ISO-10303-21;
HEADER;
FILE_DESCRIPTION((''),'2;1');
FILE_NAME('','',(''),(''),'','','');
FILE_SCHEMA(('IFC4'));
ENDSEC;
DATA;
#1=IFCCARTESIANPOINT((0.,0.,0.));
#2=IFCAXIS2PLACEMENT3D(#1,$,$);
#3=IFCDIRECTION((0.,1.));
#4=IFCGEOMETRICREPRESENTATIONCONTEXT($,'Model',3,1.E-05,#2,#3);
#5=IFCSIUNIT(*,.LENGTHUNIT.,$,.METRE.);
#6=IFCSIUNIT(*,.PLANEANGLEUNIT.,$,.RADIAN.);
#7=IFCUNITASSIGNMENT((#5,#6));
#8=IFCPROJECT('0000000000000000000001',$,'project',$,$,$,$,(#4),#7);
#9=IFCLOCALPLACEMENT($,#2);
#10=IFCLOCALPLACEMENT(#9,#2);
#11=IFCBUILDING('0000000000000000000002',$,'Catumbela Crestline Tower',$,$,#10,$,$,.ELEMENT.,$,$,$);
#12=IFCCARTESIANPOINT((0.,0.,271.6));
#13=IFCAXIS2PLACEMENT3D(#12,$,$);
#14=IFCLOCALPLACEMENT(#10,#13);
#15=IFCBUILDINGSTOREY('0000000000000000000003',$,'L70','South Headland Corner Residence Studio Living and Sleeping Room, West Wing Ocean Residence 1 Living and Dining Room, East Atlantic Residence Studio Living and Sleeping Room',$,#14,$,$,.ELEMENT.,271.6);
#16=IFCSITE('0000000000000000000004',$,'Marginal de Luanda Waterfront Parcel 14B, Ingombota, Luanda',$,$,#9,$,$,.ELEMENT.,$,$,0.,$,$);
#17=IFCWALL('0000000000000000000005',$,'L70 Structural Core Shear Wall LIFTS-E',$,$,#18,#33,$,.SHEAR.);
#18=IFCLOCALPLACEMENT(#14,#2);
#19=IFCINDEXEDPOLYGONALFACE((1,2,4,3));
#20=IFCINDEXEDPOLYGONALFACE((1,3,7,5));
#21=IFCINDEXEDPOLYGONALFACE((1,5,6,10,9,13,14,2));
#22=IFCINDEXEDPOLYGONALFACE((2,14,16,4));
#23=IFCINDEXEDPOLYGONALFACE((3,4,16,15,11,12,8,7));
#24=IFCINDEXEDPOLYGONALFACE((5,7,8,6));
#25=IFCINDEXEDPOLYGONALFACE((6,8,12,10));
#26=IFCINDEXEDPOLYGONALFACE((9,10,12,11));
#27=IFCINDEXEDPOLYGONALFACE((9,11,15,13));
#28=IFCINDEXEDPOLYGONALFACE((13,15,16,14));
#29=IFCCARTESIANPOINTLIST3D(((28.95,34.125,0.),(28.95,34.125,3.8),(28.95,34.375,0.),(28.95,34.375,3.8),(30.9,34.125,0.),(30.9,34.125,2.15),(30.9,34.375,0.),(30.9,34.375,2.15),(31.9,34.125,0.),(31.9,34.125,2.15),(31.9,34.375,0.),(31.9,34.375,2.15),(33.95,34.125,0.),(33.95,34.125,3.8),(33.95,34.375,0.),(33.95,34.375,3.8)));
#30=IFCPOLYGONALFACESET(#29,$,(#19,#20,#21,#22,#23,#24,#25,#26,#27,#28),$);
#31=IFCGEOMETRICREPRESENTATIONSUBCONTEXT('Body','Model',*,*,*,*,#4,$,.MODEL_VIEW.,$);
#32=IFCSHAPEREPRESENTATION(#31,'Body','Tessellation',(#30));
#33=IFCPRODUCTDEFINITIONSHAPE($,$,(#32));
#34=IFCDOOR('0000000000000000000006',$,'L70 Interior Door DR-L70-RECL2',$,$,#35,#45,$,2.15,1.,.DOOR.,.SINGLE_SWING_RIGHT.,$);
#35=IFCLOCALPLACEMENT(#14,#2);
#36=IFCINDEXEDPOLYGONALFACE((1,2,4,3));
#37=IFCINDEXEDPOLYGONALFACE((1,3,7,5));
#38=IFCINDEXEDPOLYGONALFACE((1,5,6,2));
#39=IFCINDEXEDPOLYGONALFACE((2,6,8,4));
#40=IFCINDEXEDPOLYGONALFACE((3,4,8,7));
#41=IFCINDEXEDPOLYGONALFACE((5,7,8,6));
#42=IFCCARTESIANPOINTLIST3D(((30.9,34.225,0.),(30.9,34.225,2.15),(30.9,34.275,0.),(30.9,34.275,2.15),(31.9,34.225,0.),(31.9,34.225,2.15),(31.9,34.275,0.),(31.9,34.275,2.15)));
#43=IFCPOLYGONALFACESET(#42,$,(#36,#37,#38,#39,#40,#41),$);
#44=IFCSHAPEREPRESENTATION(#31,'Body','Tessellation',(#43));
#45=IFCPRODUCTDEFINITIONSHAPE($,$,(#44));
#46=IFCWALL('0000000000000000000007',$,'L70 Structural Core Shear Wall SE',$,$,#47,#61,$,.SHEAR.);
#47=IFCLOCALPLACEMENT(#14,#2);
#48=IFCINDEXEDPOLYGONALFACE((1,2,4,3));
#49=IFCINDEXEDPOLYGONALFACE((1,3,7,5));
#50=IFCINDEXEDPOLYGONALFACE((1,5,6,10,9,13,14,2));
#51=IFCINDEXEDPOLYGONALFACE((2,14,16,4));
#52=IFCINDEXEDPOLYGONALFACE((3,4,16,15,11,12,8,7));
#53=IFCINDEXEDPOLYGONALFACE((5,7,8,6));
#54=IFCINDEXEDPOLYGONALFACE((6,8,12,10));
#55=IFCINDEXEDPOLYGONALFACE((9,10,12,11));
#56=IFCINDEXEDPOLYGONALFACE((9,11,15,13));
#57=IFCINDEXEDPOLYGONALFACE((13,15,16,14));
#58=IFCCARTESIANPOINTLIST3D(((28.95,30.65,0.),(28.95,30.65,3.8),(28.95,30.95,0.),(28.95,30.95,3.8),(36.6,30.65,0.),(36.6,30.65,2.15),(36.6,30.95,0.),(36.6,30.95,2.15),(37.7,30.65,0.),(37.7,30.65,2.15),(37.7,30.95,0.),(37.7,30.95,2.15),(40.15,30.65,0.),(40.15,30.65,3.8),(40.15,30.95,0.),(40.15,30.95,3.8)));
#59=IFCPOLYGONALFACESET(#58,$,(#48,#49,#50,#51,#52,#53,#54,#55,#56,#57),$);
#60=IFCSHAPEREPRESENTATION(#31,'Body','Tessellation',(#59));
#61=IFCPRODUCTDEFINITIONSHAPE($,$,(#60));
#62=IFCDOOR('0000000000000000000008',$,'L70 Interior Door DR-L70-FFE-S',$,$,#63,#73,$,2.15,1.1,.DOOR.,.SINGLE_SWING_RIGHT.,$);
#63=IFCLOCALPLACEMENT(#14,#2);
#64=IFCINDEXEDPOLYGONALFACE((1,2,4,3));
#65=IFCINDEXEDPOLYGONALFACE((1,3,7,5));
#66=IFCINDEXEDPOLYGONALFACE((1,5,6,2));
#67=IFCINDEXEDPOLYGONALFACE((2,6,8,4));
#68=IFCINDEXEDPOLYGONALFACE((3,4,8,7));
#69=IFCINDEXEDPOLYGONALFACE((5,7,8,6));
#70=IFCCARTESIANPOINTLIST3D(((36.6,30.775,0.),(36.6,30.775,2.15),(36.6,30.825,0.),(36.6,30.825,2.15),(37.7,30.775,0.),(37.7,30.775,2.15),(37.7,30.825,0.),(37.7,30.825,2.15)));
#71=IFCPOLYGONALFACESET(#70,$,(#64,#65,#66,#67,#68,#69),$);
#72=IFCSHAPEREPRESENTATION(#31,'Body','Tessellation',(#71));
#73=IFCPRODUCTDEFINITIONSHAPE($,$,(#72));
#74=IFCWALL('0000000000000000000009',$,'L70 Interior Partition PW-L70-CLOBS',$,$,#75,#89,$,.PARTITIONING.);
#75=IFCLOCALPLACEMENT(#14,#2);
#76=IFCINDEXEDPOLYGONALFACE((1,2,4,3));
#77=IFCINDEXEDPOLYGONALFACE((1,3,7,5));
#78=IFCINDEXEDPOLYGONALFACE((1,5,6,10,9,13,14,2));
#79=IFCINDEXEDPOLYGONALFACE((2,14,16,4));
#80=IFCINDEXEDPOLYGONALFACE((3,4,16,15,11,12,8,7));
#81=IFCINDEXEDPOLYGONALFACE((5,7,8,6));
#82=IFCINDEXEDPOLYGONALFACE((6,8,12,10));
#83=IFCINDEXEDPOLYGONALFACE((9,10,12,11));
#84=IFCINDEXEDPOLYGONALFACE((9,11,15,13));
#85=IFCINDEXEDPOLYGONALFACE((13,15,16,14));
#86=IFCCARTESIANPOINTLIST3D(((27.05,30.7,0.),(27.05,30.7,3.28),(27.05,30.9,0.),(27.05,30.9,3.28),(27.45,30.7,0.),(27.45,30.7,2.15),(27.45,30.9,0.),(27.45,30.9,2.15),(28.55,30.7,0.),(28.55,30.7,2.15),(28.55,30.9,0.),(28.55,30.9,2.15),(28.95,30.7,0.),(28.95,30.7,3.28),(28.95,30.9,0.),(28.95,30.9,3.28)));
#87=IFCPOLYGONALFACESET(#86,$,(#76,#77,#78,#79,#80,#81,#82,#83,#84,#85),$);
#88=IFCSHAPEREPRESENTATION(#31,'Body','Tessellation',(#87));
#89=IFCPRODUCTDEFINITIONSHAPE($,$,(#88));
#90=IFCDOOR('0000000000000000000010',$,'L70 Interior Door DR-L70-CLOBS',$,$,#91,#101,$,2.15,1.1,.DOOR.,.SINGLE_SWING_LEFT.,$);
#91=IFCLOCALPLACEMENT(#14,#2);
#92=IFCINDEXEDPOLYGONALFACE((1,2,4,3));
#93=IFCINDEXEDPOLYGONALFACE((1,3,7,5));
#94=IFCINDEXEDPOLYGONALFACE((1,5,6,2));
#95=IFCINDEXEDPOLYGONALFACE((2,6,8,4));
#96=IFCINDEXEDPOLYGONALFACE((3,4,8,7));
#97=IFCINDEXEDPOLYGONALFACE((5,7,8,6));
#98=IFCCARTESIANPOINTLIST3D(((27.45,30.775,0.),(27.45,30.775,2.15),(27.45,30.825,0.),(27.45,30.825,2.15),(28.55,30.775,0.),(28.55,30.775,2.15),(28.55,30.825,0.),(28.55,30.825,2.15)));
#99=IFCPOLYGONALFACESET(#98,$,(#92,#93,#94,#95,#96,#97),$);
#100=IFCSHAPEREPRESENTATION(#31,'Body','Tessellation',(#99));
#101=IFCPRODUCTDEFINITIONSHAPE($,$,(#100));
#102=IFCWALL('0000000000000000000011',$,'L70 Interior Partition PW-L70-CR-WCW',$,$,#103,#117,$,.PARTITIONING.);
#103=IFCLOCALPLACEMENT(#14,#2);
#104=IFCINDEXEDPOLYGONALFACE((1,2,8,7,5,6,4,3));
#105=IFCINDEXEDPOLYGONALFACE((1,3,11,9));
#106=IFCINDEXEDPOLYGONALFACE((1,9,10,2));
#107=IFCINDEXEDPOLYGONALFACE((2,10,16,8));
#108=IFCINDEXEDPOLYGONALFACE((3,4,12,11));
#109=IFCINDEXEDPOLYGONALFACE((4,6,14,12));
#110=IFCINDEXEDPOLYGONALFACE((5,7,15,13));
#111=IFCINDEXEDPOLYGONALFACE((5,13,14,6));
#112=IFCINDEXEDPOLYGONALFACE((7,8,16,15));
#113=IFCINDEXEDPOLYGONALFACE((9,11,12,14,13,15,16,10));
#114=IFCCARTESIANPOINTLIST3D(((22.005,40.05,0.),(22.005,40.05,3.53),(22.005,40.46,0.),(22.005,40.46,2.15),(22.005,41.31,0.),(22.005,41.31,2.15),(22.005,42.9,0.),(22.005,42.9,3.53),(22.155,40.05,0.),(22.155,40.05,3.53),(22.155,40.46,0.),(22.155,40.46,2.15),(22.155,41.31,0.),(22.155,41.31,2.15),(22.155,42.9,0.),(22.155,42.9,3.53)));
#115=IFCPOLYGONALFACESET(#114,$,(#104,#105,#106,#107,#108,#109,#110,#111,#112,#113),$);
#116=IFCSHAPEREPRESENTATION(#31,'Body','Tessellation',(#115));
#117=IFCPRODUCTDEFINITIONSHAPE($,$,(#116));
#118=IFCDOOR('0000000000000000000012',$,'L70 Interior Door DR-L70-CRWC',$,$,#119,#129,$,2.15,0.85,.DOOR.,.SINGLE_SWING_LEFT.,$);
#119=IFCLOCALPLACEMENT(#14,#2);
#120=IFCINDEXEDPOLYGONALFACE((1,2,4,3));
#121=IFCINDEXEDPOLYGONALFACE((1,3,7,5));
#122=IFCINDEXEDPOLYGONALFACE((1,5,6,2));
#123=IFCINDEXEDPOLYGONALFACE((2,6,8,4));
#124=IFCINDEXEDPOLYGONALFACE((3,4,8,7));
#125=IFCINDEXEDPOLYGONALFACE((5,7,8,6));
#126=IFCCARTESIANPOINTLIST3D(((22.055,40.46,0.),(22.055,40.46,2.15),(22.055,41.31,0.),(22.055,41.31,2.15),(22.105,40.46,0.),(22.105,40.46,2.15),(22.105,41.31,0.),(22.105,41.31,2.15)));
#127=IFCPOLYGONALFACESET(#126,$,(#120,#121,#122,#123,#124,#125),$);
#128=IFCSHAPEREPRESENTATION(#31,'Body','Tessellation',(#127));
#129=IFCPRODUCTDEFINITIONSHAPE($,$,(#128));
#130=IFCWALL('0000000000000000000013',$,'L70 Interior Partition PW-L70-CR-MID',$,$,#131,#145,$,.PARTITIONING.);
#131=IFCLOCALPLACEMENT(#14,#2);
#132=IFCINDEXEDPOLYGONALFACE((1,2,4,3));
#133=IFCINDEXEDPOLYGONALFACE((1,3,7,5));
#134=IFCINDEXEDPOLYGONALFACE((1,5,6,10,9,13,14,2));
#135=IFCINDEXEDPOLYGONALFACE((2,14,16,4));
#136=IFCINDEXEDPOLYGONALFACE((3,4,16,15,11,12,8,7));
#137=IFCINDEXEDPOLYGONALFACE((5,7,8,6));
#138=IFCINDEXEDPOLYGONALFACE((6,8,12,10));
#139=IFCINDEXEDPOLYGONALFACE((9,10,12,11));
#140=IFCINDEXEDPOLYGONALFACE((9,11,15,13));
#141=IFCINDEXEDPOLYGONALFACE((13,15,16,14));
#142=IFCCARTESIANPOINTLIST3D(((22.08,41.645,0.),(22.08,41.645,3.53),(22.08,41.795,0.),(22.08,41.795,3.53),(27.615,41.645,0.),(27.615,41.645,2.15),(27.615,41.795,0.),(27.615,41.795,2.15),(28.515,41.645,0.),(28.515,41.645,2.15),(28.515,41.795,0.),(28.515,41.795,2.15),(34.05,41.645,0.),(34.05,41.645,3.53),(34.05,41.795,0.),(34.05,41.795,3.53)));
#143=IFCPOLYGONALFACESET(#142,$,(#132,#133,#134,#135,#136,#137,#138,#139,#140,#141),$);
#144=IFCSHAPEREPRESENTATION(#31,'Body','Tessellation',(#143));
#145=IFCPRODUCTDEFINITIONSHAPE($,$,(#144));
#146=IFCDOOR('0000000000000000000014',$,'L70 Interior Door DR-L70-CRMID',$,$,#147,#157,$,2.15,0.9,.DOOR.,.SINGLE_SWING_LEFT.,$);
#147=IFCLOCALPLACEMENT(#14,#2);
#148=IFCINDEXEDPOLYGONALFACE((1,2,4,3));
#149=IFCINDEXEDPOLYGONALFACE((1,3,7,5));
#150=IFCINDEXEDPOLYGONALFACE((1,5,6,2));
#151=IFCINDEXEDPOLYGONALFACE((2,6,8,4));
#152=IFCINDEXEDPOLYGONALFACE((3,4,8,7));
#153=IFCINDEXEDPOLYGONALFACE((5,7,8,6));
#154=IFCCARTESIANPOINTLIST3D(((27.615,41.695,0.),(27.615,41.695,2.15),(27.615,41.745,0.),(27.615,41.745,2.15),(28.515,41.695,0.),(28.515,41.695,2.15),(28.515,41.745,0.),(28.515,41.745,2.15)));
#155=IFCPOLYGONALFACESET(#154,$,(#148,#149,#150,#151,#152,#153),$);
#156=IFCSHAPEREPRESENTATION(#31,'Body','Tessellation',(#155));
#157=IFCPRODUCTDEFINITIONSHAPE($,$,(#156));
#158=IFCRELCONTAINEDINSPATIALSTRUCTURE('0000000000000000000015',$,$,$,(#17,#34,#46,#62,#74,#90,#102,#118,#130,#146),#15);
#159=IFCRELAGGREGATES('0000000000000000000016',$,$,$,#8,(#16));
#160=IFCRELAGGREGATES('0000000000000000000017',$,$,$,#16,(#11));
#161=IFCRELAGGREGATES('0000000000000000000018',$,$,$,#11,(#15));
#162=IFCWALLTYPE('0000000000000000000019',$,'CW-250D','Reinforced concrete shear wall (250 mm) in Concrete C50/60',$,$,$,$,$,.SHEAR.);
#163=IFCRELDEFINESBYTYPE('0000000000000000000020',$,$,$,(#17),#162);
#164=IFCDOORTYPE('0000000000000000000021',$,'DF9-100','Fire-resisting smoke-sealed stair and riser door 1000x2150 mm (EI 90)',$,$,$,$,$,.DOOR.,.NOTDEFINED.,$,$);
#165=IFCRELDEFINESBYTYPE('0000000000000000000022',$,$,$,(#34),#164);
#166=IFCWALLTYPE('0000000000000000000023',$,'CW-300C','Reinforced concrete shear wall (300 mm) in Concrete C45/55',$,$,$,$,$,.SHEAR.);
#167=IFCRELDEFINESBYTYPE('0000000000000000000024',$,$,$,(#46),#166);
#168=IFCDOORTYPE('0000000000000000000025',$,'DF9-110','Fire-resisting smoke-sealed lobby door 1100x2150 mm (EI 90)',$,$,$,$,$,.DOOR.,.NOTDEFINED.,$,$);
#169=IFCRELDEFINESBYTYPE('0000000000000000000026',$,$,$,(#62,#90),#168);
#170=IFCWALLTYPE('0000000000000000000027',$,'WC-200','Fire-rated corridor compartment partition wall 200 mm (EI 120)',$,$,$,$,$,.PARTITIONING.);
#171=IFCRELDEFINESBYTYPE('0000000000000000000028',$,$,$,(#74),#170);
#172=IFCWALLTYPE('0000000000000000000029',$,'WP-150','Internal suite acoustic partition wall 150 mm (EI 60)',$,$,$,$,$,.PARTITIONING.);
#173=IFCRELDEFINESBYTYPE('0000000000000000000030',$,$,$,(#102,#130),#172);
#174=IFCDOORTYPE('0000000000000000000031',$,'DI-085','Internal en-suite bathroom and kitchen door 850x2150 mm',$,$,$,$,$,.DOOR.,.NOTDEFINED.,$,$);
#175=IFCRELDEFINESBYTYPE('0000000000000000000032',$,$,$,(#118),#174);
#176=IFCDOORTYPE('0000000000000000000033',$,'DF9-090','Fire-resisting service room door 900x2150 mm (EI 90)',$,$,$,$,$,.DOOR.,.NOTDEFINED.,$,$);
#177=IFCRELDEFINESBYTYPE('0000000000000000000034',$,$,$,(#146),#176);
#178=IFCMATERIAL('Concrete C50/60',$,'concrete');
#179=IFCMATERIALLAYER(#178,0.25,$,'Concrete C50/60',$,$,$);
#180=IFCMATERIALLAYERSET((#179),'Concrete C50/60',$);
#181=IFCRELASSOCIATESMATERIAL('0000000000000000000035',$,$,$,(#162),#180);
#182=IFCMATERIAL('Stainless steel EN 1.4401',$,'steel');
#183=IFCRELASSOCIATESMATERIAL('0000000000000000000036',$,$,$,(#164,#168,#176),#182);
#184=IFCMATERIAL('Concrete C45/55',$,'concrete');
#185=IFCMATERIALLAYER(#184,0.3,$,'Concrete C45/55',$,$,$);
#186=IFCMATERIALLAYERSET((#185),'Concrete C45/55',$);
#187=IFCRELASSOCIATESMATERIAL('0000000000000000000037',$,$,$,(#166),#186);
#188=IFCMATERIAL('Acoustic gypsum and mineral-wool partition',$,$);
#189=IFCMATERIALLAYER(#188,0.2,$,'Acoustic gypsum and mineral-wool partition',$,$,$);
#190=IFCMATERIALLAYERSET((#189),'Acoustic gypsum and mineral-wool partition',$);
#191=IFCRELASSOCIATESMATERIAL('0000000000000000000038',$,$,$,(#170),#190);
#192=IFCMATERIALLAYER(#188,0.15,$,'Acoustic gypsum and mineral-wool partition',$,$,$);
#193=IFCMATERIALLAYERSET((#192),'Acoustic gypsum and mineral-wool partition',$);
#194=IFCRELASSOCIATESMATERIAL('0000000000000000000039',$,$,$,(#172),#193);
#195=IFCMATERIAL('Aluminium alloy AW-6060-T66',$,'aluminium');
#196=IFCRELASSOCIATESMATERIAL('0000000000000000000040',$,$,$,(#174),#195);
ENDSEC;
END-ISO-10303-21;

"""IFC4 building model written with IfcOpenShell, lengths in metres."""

from ifc_helpers import new_model, si_unit, direction, frame, frame_2d, origin, place, context, subcontext, project, spatial, rectangle, extrude, material, layer, layer_set, type_object, element, fill, save


model = new_model("IFC4")

# Units and contexts
model_context = context("Model", 3, precision=1e-05, world=origin(), true_north=direction((0.0, 1.0)))
body_context = subcontext(model_context, "Body", "Model", "MODEL_VIEW")
ifc_project = project(units=[si_unit("LENGTHUNIT", "METRE"), si_unit("PLANEANGLEUNIT", "RADIAN")], contexts=[model_context])

# Site, building, storey
site_placement = place(None, origin())
site = spatial("IfcSite", under=ifc_project, at=site_placement, Name="Marginal de Luanda Waterfront Parcel 14B, Ingombota, Luanda", CompositionType="ELEMENT", RefElevation=0.0)
building_placement = place(site_placement, origin())
building = spatial("IfcBuilding", under=site, at=building_placement, Name="Catumbela Crestline Tower", CompositionType="ELEMENT")
storey_placement = place(building_placement, frame((0.0, 0.0, 271.6)))
storey = spatial("IfcBuildingStorey", under=building, at=storey_placement, Name="L70", Description="South Headland Corner Residence Studio Living and Sleeping Room, West Wing Ocean Residence 1 Living and Dining Room, East Atlantic Residence Studio Living and Sleeping Room", CompositionType="ELEMENT", Elevation=271.6)

# Walls, openings, doors
ifc_material_1 = material(Name="Concrete C50/60", Category="concrete")
ifc_layer_1 = layer(ifc_material_1, 0.25, Name="Concrete C50/60")
ifc_layer_set_1 = layer_set([ifc_layer_1], Name="Concrete C50/60")
wall_type_1 = type_object("IfcWallType", Name="CW-250D", Description="Reinforced concrete shear wall (250 mm) in Concrete C50/60", PredefinedType="SHEAR", material=ifc_layer_set_1)
wall_1_placement = place(storey_placement, frame((28.95, 34.25, 0.0), z_axis=(0.0, 0.0, 1.0), x_axis=(1.0, 0.0, 0.0)))
wall_1 = element("IfcWall", 1, at=wall_1_placement, inside=storey, type_object=wall_type_1, Name="L70 Structural Core Shear Wall LIFTS-E", PredefinedType="SHEAR", context=body_context, shape_type="SweptSolid", body=[
    extrude(rectangle(XDim=5.0, YDim=0.25, at=frame_2d((2.5, 0.0))), origin(), (0.0, 0.0, 1.0), 3.8),
])
opening_1_placement = place(wall_1_placement, frame((1.95, 0.0, 0.0)))
opening_1 = element("IfcOpeningElement", 2, at=opening_1_placement, cuts=wall_1, PredefinedType="OPENING", context=body_context, shape_type="SweptSolid", body=[
    extrude(rectangle(XDim=1.0, YDim=2.15, at=frame_2d((0.5, 1.075))), frame((0.0, 0.135, 0.0), z_axis=(0.0, -1.0, 0.0), x_axis=(1.0, 0.0, 0.0)), (0.0, 0.0, 1.0), 0.27),
])
ifc_material_2 = material(Name="Stainless steel EN 1.4401", Category="steel")
door_type_1 = type_object("IfcDoorType", Name="DF9-100", Description="Fire-resisting smoke-sealed stair and riser door 1000x2150 mm (EI 90)", OperationType="NOTDEFINED", PredefinedType="DOOR", material=ifc_material_2)
door_1_placement = place(opening_1_placement, origin())
door_1 = element("IfcDoor", 3, at=door_1_placement, inside=storey, type_object=door_type_1, Name="L70 Interior Door DR-L70-RECL2", OperationType="SINGLE_SWING_RIGHT", OverallHeight=2.15, OverallWidth=1.0, PredefinedType="DOOR", context=body_context, shape_type="SweptSolid", body=[
    extrude(rectangle(XDim=1.0, YDim=2.15, at=frame_2d((0.5, 1.075))), frame((0.0, 0.025, 0.0), z_axis=(0.0, -1.0, 0.0), x_axis=(1.0, 0.0, 0.0)), (0.0, 0.0, 1.0), 0.05),
])
fill(opening_1, door_1)
ifc_material_3 = material(Name="Concrete C45/55", Category="concrete")
ifc_layer_2 = layer(ifc_material_3, 0.3, Name="Concrete C45/55")
ifc_layer_set_2 = layer_set([ifc_layer_2], Name="Concrete C45/55")
wall_type_2 = type_object("IfcWallType", Name="CW-300C", Description="Reinforced concrete shear wall (300 mm) in Concrete C45/55", PredefinedType="SHEAR", material=ifc_layer_set_2)
wall_2_placement = place(storey_placement, frame((28.95, 30.8, 0.0), z_axis=(0.0, 0.0, 1.0), x_axis=(1.0, 0.0, 0.0)))
wall_2 = element("IfcWall", 4, at=wall_2_placement, inside=storey, type_object=wall_type_2, Name="L70 Structural Core Shear Wall SE", PredefinedType="SHEAR", context=body_context, shape_type="SweptSolid", body=[
    extrude(rectangle(XDim=11.2, YDim=0.3, at=frame_2d((5.6, 0.0))), origin(), (0.0, 0.0, 1.0), 3.8),
])
opening_2_placement = place(wall_2_placement, frame((7.65, 0.0, 0.0)))
opening_2 = element("IfcOpeningElement", 5, at=opening_2_placement, cuts=wall_2, PredefinedType="OPENING", context=body_context, shape_type="SweptSolid", body=[
    extrude(rectangle(XDim=1.1, YDim=2.15, at=frame_2d((0.55, 1.075))), frame((0.0, 0.16, 0.0), z_axis=(0.0, -1.0, 0.0), x_axis=(1.0, 0.0, 0.0)), (0.0, 0.0, 1.0), 0.32),
])
door_type_2 = type_object("IfcDoorType", Name="DF9-110", Description="Fire-resisting smoke-sealed lobby door 1100x2150 mm (EI 90)", OperationType="NOTDEFINED", PredefinedType="DOOR", material=ifc_material_2)
door_2_placement = place(opening_2_placement, origin())
door_2 = element("IfcDoor", 6, at=door_2_placement, inside=storey, type_object=door_type_2, Name="L70 Interior Door DR-L70-FFE-S", OperationType="SINGLE_SWING_RIGHT", OverallHeight=2.15, OverallWidth=1.1, PredefinedType="DOOR", context=body_context, shape_type="SweptSolid", body=[
    extrude(rectangle(XDim=1.1, YDim=2.15, at=frame_2d((0.55, 1.075))), frame((0.0, 0.025, 0.0), z_axis=(0.0, -1.0, 0.0), x_axis=(1.0, 0.0, 0.0)), (0.0, 0.0, 1.0), 0.05),
])
fill(opening_2, door_2)
ifc_material_4 = material(Name="Acoustic gypsum and mineral-wool partition")
ifc_layer_3 = layer(ifc_material_4, 0.2, Name="Acoustic gypsum and mineral-wool partition")
ifc_layer_set_3 = layer_set([ifc_layer_3], Name="Acoustic gypsum and mineral-wool partition")
wall_type_3 = type_object("IfcWallType", Name="WC-200", Description="Fire-rated corridor compartment partition wall 200 mm (EI 120)", PredefinedType="PARTITIONING", material=ifc_layer_set_3)
wall_3_placement = place(storey_placement, frame((27.05, 30.8, 0.0), z_axis=(0.0, 0.0, 1.0), x_axis=(1.0, 0.0, 0.0)))
wall_3 = element("IfcWall", 7, at=wall_3_placement, inside=storey, type_object=wall_type_3, Name="L70 Interior Partition PW-L70-CLOBS", PredefinedType="PARTITIONING", context=body_context, shape_type="SweptSolid", body=[
    extrude(rectangle(XDim=1.9, YDim=0.2, at=frame_2d((0.95, 0.0))), origin(), (0.0, 0.0, 1.0), 3.28),
])
opening_3_placement = place(wall_3_placement, frame((0.4, 0.0, 0.0)))
opening_3 = element("IfcOpeningElement", 8, at=opening_3_placement, cuts=wall_3, PredefinedType="OPENING", context=body_context, shape_type="SweptSolid", body=[
    extrude(rectangle(XDim=1.1, YDim=2.15, at=frame_2d((0.55, 1.075))), frame((0.0, 0.11, 0.0), z_axis=(0.0, -1.0, 0.0), x_axis=(1.0, 0.0, 0.0)), (0.0, 0.0, 1.0), 0.22),
])
door_3_placement = place(opening_3_placement, origin())
door_3 = element("IfcDoor", 9, at=door_3_placement, inside=storey, type_object=door_type_2, Name="L70 Interior Door DR-L70-CLOBS", OperationType="SINGLE_SWING_LEFT", OverallHeight=2.15, OverallWidth=1.1, PredefinedType="DOOR", context=body_context, shape_type="SweptSolid", body=[
    extrude(rectangle(XDim=1.1, YDim=2.15, at=frame_2d((0.55, 1.075))), frame((0.0, 0.025, 0.0), z_axis=(0.0, -1.0, 0.0), x_axis=(1.0, 0.0, 0.0)), (0.0, 0.0, 1.0), 0.05),
])
fill(opening_3, door_3)
ifc_layer_4 = layer(ifc_material_4, 0.15, Name="Acoustic gypsum and mineral-wool partition")
ifc_layer_set_4 = layer_set([ifc_layer_4], Name="Acoustic gypsum and mineral-wool partition")
wall_type_4 = type_object("IfcWallType", Name="WP-150", Description="Internal suite acoustic partition wall 150 mm (EI 60)", PredefinedType="PARTITIONING", material=ifc_layer_set_4)
wall_4_placement = place(storey_placement, frame((22.08, 40.05, 0.0), z_axis=(0.0, 0.0, 1.0), x_axis=(0.0, 1.0, 0.0)))
wall_4 = element("IfcWall", 10, at=wall_4_placement, inside=storey, type_object=wall_type_4, Name="L70 Interior Partition PW-L70-CR-WCW", PredefinedType="PARTITIONING", context=body_context, shape_type="SweptSolid", body=[
    extrude(rectangle(XDim=2.85, YDim=0.15, at=frame_2d((1.425, 0.0))), origin(), (0.0, 0.0, 1.0), 3.53),
])
opening_4_placement = place(wall_4_placement, frame((0.41, 0.0, 0.0)))
opening_4 = element("IfcOpeningElement", 11, at=opening_4_placement, cuts=wall_4, PredefinedType="OPENING", context=body_context, shape_type="SweptSolid", body=[
    extrude(rectangle(XDim=0.85, YDim=2.15, at=frame_2d((0.425, 1.075))), frame((0.0, 0.085, 0.0), z_axis=(0.0, -1.0, 0.0), x_axis=(1.0, 0.0, 0.0)), (0.0, 0.0, 1.0), 0.17),
])
ifc_material_5 = material(Name="Aluminium alloy AW-6060-T66", Category="aluminium")
door_type_3 = type_object("IfcDoorType", Name="DI-085", Description="Internal en-suite bathroom and kitchen door 850x2150 mm", OperationType="NOTDEFINED", PredefinedType="DOOR", material=ifc_material_5)
door_4_placement = place(opening_4_placement, origin())
door_4 = element("IfcDoor", 12, at=door_4_placement, inside=storey, type_object=door_type_3, Name="L70 Interior Door DR-L70-CRWC", OperationType="SINGLE_SWING_LEFT", OverallHeight=2.15, OverallWidth=0.85, PredefinedType="DOOR", context=body_context, shape_type="SweptSolid", body=[
    extrude(rectangle(XDim=0.85, YDim=2.15, at=frame_2d((0.425, 1.075))), frame((0.0, 0.025, 0.0), z_axis=(0.0, -1.0, 0.0), x_axis=(1.0, 0.0, 0.0)), (0.0, 0.0, 1.0), 0.05),
])
fill(opening_4, door_4)
wall_5_placement = place(storey_placement, frame((22.08, 41.72, 0.0), z_axis=(0.0, 0.0, 1.0), x_axis=(1.0, 0.0, 0.0)))
wall_5 = element("IfcWall", 13, at=wall_5_placement, inside=storey, type_object=wall_type_4, Name="L70 Interior Partition PW-L70-CR-MID", PredefinedType="PARTITIONING", context=body_context, shape_type="SweptSolid", body=[
    extrude(rectangle(XDim=11.97, YDim=0.15, at=frame_2d((5.985, 0.0))), origin(), (0.0, 0.0, 1.0), 3.53),
])
opening_5_placement = place(wall_5_placement, frame((5.535, 0.0, 0.0)))
opening_5 = element("IfcOpeningElement", 14, at=opening_5_placement, cuts=wall_5, PredefinedType="OPENING", context=body_context, shape_type="SweptSolid", body=[
    extrude(rectangle(XDim=0.9, YDim=2.15, at=frame_2d((0.45, 1.075))), frame((0.0, 0.085, 0.0), z_axis=(0.0, -1.0, 0.0), x_axis=(1.0, 0.0, 0.0)), (0.0, 0.0, 1.0), 0.17),
])
door_type_4 = type_object("IfcDoorType", Name="DF9-090", Description="Fire-resisting service room door 900x2150 mm (EI 90)", OperationType="NOTDEFINED", PredefinedType="DOOR", material=ifc_material_2)
door_5_placement = place(opening_5_placement, origin())
door_5 = element("IfcDoor", 15, at=door_5_placement, inside=storey, type_object=door_type_4, Name="L70 Interior Door DR-L70-CRMID", OperationType="SINGLE_SWING_LEFT", OverallHeight=2.15, OverallWidth=0.9, PredefinedType="DOOR", context=body_context, shape_type="SweptSolid", body=[
    extrude(rectangle(XDim=0.9, YDim=2.15, at=frame_2d((0.45, 1.075))), frame((0.0, 0.025, 0.0), z_axis=(0.0, -1.0, 0.0), x_axis=(1.0, 0.0, 0.0)), (0.0, 0.0, 1.0), 0.05),
])
fill(opening_5, door_5)

save(model, "model.ifc")
